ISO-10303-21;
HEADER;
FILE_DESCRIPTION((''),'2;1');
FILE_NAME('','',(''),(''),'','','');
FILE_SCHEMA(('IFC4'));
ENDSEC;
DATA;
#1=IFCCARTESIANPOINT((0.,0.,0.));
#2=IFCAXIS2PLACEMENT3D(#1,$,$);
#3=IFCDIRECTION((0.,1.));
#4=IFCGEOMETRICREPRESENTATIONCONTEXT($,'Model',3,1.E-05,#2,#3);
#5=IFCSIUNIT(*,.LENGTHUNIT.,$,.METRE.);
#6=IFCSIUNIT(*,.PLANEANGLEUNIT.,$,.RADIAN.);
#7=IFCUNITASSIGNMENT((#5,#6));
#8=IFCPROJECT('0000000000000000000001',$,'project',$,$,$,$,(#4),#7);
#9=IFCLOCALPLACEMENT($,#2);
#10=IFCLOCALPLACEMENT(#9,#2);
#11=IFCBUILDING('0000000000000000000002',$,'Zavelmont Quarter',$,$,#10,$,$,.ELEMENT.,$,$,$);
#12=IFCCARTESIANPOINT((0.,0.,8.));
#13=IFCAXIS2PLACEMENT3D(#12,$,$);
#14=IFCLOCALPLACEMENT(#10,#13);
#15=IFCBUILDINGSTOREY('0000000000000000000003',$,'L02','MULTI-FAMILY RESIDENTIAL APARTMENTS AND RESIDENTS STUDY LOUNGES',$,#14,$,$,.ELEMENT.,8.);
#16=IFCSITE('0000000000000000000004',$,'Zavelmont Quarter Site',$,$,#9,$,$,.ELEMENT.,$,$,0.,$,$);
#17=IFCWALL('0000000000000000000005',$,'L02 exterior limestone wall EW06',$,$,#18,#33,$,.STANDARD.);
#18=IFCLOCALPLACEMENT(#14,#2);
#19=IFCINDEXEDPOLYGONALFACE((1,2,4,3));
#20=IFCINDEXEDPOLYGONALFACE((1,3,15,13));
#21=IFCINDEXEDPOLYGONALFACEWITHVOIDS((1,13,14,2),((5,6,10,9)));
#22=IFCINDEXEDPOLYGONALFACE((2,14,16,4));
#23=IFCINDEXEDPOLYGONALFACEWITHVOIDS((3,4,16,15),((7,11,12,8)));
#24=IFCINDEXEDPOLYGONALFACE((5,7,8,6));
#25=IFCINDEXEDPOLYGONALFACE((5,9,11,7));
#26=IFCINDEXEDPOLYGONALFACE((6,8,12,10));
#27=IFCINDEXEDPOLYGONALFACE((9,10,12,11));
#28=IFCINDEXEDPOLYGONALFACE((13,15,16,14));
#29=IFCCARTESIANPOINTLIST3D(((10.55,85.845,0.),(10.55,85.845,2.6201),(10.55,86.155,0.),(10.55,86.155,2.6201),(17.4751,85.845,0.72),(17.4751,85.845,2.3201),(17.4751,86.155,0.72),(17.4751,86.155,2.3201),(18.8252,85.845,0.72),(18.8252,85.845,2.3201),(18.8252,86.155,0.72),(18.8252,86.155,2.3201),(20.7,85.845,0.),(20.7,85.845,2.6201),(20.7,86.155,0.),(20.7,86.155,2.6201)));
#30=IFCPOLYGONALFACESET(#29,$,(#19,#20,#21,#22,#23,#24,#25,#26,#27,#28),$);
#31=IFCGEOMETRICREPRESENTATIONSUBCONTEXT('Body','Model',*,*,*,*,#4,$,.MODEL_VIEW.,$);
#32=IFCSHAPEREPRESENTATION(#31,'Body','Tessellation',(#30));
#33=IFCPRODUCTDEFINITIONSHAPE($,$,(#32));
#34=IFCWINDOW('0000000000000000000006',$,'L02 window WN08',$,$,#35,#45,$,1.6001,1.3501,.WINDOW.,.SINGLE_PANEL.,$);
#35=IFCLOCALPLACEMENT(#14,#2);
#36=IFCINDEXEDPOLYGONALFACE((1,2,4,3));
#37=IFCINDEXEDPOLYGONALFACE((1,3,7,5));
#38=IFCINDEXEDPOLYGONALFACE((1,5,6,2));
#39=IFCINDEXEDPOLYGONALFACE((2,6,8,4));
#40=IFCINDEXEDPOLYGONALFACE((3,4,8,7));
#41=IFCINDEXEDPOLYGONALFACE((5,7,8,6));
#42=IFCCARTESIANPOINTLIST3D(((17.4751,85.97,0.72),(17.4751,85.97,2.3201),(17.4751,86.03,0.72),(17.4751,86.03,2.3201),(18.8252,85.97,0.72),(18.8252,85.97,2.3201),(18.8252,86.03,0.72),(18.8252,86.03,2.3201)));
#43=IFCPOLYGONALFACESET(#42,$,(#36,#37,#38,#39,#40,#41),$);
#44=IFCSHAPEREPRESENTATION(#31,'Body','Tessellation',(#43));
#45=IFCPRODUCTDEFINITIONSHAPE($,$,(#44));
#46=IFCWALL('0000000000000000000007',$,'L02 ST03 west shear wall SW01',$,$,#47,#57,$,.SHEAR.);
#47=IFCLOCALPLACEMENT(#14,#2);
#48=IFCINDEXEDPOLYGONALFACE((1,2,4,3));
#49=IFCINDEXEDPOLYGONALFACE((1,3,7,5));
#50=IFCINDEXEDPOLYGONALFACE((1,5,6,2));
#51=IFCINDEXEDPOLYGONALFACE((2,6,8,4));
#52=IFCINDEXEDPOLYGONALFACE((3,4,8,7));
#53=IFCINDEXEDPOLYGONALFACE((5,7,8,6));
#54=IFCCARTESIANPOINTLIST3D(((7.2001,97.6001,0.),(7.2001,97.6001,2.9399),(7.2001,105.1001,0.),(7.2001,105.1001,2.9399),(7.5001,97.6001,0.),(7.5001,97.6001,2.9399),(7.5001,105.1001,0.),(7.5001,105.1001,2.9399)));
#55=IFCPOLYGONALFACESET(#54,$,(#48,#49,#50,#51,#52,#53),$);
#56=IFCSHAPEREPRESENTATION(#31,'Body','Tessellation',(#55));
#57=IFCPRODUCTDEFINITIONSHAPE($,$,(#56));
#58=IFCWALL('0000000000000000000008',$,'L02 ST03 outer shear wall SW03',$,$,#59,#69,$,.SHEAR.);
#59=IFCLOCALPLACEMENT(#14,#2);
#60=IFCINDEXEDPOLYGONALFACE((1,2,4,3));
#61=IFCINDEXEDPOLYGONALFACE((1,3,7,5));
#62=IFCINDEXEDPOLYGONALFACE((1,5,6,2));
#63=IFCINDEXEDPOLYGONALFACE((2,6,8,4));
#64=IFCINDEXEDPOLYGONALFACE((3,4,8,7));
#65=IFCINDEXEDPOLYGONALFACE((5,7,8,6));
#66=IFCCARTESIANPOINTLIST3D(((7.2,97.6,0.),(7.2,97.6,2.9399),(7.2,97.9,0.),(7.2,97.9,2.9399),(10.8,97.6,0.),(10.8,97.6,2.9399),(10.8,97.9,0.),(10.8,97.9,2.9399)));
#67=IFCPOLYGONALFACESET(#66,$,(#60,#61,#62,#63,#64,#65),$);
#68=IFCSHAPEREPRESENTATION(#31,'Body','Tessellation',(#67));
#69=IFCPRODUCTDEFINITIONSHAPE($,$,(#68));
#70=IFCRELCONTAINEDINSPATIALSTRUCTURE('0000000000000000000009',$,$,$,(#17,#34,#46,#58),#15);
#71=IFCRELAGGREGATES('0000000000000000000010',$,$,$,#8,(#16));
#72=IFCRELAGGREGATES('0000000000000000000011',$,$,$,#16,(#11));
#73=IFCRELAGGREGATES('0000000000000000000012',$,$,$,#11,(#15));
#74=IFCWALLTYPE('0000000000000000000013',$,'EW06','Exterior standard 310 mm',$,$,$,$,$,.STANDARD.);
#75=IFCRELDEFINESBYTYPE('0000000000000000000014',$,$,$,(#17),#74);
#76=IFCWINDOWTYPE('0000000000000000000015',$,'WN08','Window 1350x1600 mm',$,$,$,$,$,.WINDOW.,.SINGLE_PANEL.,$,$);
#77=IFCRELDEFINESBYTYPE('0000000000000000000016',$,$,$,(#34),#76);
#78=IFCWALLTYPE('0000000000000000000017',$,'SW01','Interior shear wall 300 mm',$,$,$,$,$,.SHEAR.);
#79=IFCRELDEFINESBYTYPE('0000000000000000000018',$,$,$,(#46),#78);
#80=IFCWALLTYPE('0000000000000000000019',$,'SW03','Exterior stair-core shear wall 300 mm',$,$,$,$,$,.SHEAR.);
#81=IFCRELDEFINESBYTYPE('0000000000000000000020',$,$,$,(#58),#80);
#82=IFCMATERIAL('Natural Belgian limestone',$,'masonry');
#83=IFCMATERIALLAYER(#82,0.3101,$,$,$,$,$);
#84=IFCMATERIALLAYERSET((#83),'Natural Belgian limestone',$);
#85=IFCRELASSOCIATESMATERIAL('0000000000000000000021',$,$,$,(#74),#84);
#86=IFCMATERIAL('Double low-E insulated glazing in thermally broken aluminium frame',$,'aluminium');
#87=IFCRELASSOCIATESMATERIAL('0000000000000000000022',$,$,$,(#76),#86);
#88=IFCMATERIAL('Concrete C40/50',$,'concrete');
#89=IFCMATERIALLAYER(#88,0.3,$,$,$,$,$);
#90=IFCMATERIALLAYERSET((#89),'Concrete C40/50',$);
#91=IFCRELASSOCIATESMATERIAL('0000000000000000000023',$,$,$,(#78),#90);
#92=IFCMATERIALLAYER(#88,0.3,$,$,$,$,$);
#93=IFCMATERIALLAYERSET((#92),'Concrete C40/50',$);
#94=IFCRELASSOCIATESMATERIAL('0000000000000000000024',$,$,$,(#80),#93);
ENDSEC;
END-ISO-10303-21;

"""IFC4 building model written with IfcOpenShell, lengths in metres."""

from ifc_helpers import new_model, si_unit, direction, frame, frame_2d, origin, origin_with_axes, place, context, subcontext, project, spatial, rectangle, extrude, material, layer, layer_set, type_object, element, fill, save


model = new_model("IFC4")

# Units and contexts
model_context = context("Model", 3, precision=1e-05, world=origin(), true_north=direction((0.0, 1.0)))
body_context = subcontext(model_context, "Body", "Model", "MODEL_VIEW")
ifc_project = project(units=[si_unit("LENGTHUNIT", "METRE"), si_unit("PLANEANGLEUNIT", "RADIAN")], contexts=[model_context])

# Site, building, storey
site_placement = place(None, origin())
site = spatial("IfcSite", under=ifc_project, at=site_placement, Name="Zavelmont Quarter Site", CompositionType="ELEMENT", RefElevation=0.0)
building_placement = place(site_placement, origin())
building = spatial("IfcBuilding", under=site, at=building_placement, Name="Zavelmont Quarter", CompositionType="ELEMENT")
storey_placement = place(building_placement, frame((0.0, 0.0, 8.0)))
storey = spatial("IfcBuildingStorey", under=building, at=storey_placement, Name="L02", Description="MULTI-FAMILY RESIDENTIAL APARTMENTS AND RESIDENTS STUDY LOUNGES", CompositionType="ELEMENT", Elevation=8.0)

# Shared definitions
ifc_material_1 = material(Name="Concrete C40/50", Category="concrete")

# Shared definitions
ifc_material_2 = material(Name="Natural Belgian limestone", Category="masonry")
ifc_material_3 = material(Name="Double low-E insulated glazing in thermally broken aluminium frame", Category="aluminium")

# Wall, opening, window
ifc_layer_1 = layer(ifc_material_2, 0.3101)
ifc_layer_set_1 = layer_set([ifc_layer_1], Name="Natural Belgian limestone")
wall_type_1 = type_object("IfcWallType", Name="EW06", Description="Exterior standard 310 mm", PredefinedType="STANDARD", material=ifc_layer_set_1)
wall_1_placement = place(storey_placement, frame((10.55, 86.0, 0.0), z_axis=(0.0, 0.0, 1.0), x_axis=(1.0, 0.0, 0.0)))
wall_1 = element("IfcWall", 1, at=wall_1_placement, inside=storey, type_object=wall_type_1, Name="L02 exterior limestone wall EW06", PredefinedType="STANDARD", context=body_context, shape_type="SweptSolid", body=[
    extrude(rectangle(XDim=10.1499, YDim=0.3101, at=frame_2d((5.075, 0.0))), origin(), (0.0, 0.0, 1.0), 2.6201),
])
opening_1_placement = place(wall_1_placement, frame((6.925, 0.0, 0.72)))
opening_1 = element("IfcOpeningElement", 2, at=opening_1_placement, cuts=wall_1, PredefinedType="OPENING", context=body_context, shape_type="SweptSolid", body=[
    extrude(rectangle(XDim=1.3501, YDim=1.6001, at=frame_2d((0.675, 0.8))), frame((0.0, 0.167, 0.0), z_axis=(0.0, -1.0, 0.0), x_axis=(1.0, 0.0, 0.0)), (0.0, 0.0, 1.0), 0.334),
])
window_type_1 = type_object("IfcWindowType", Name="WN08", Description="Window 1350x1600 mm", PartitioningType="SINGLE_PANEL", PredefinedType="WINDOW", material=ifc_material_3)
window_1_placement = place(opening_1_placement, origin_with_axes())
window_1 = element("IfcWindow", 3, at=window_1_placement, inside=storey, type_object=window_type_1, Name="L02 window WN08", OverallHeight=1.6001, OverallWidth=1.3501, PartitioningType="SINGLE_PANEL", PredefinedType="WINDOW", context=body_context, shape_type="SweptSolid", body=[
    extrude(rectangle(XDim=1.3501, YDim=1.6001, at=frame_2d((0.675, 0.8))), frame((0.0, 0.03, 0.0), z_axis=(0.0, -1.0, 0.0), x_axis=(1.0, 0.0, 0.0)), (0.0, 0.0, 1.0), 0.0601),
])
fill(opening_1, window_1)

# Wall
ifc_layer_2 = layer(ifc_material_1, 0.3)
ifc_layer_set_2 = layer_set([ifc_layer_2], Name="Concrete C40/50")
wall_type_2 = type_object("IfcWallType", Name="SW01", Description="Interior shear wall 300 mm", PredefinedType="SHEAR", material=ifc_layer_set_2)
wall_2_placement = place(storey_placement, frame((7.3501, 97.6001, 0.0), z_axis=(0.0, 0.0, 1.0), x_axis=(0.0, 1.0, 0.0)))
element("IfcWall", 4, at=wall_2_placement, inside=storey, type_object=wall_type_2, Name="L02 ST03 west shear wall SW01", PredefinedType="SHEAR", context=body_context, shape_type="SweptSolid", body=[
    extrude(rectangle(XDim=7.5, YDim=0.3, at=frame_2d((3.75, 0.0))), origin(), (0.0, 0.0, 1.0), 2.9399),
])

# Wall
ifc_layer_3 = layer(ifc_material_1, 0.3)
ifc_layer_set_3 = layer_set([ifc_layer_3], Name="Concrete C40/50")
wall_type_3 = type_object("IfcWallType", Name="SW03", Description="Exterior stair-core shear wall 300 mm", PredefinedType="SHEAR", material=ifc_layer_set_3)
wall_3_placement = place(storey_placement, frame((7.2, 97.75, 0.0), z_axis=(0.0, 0.0, 1.0), x_axis=(1.0, 0.0, 0.0)))
element("IfcWall", 5, at=wall_3_placement, inside=storey, type_object=wall_type_3, Name="L02 ST03 outer shear wall SW03", PredefinedType="SHEAR", context=body_context, shape_type="SweptSolid", body=[
    extrude(rectangle(XDim=3.6001, YDim=0.3, at=frame_2d((1.8, 0.0))), origin(), (0.0, 0.0, 1.0), 2.9399),
])

save(model, "model.ifc")
